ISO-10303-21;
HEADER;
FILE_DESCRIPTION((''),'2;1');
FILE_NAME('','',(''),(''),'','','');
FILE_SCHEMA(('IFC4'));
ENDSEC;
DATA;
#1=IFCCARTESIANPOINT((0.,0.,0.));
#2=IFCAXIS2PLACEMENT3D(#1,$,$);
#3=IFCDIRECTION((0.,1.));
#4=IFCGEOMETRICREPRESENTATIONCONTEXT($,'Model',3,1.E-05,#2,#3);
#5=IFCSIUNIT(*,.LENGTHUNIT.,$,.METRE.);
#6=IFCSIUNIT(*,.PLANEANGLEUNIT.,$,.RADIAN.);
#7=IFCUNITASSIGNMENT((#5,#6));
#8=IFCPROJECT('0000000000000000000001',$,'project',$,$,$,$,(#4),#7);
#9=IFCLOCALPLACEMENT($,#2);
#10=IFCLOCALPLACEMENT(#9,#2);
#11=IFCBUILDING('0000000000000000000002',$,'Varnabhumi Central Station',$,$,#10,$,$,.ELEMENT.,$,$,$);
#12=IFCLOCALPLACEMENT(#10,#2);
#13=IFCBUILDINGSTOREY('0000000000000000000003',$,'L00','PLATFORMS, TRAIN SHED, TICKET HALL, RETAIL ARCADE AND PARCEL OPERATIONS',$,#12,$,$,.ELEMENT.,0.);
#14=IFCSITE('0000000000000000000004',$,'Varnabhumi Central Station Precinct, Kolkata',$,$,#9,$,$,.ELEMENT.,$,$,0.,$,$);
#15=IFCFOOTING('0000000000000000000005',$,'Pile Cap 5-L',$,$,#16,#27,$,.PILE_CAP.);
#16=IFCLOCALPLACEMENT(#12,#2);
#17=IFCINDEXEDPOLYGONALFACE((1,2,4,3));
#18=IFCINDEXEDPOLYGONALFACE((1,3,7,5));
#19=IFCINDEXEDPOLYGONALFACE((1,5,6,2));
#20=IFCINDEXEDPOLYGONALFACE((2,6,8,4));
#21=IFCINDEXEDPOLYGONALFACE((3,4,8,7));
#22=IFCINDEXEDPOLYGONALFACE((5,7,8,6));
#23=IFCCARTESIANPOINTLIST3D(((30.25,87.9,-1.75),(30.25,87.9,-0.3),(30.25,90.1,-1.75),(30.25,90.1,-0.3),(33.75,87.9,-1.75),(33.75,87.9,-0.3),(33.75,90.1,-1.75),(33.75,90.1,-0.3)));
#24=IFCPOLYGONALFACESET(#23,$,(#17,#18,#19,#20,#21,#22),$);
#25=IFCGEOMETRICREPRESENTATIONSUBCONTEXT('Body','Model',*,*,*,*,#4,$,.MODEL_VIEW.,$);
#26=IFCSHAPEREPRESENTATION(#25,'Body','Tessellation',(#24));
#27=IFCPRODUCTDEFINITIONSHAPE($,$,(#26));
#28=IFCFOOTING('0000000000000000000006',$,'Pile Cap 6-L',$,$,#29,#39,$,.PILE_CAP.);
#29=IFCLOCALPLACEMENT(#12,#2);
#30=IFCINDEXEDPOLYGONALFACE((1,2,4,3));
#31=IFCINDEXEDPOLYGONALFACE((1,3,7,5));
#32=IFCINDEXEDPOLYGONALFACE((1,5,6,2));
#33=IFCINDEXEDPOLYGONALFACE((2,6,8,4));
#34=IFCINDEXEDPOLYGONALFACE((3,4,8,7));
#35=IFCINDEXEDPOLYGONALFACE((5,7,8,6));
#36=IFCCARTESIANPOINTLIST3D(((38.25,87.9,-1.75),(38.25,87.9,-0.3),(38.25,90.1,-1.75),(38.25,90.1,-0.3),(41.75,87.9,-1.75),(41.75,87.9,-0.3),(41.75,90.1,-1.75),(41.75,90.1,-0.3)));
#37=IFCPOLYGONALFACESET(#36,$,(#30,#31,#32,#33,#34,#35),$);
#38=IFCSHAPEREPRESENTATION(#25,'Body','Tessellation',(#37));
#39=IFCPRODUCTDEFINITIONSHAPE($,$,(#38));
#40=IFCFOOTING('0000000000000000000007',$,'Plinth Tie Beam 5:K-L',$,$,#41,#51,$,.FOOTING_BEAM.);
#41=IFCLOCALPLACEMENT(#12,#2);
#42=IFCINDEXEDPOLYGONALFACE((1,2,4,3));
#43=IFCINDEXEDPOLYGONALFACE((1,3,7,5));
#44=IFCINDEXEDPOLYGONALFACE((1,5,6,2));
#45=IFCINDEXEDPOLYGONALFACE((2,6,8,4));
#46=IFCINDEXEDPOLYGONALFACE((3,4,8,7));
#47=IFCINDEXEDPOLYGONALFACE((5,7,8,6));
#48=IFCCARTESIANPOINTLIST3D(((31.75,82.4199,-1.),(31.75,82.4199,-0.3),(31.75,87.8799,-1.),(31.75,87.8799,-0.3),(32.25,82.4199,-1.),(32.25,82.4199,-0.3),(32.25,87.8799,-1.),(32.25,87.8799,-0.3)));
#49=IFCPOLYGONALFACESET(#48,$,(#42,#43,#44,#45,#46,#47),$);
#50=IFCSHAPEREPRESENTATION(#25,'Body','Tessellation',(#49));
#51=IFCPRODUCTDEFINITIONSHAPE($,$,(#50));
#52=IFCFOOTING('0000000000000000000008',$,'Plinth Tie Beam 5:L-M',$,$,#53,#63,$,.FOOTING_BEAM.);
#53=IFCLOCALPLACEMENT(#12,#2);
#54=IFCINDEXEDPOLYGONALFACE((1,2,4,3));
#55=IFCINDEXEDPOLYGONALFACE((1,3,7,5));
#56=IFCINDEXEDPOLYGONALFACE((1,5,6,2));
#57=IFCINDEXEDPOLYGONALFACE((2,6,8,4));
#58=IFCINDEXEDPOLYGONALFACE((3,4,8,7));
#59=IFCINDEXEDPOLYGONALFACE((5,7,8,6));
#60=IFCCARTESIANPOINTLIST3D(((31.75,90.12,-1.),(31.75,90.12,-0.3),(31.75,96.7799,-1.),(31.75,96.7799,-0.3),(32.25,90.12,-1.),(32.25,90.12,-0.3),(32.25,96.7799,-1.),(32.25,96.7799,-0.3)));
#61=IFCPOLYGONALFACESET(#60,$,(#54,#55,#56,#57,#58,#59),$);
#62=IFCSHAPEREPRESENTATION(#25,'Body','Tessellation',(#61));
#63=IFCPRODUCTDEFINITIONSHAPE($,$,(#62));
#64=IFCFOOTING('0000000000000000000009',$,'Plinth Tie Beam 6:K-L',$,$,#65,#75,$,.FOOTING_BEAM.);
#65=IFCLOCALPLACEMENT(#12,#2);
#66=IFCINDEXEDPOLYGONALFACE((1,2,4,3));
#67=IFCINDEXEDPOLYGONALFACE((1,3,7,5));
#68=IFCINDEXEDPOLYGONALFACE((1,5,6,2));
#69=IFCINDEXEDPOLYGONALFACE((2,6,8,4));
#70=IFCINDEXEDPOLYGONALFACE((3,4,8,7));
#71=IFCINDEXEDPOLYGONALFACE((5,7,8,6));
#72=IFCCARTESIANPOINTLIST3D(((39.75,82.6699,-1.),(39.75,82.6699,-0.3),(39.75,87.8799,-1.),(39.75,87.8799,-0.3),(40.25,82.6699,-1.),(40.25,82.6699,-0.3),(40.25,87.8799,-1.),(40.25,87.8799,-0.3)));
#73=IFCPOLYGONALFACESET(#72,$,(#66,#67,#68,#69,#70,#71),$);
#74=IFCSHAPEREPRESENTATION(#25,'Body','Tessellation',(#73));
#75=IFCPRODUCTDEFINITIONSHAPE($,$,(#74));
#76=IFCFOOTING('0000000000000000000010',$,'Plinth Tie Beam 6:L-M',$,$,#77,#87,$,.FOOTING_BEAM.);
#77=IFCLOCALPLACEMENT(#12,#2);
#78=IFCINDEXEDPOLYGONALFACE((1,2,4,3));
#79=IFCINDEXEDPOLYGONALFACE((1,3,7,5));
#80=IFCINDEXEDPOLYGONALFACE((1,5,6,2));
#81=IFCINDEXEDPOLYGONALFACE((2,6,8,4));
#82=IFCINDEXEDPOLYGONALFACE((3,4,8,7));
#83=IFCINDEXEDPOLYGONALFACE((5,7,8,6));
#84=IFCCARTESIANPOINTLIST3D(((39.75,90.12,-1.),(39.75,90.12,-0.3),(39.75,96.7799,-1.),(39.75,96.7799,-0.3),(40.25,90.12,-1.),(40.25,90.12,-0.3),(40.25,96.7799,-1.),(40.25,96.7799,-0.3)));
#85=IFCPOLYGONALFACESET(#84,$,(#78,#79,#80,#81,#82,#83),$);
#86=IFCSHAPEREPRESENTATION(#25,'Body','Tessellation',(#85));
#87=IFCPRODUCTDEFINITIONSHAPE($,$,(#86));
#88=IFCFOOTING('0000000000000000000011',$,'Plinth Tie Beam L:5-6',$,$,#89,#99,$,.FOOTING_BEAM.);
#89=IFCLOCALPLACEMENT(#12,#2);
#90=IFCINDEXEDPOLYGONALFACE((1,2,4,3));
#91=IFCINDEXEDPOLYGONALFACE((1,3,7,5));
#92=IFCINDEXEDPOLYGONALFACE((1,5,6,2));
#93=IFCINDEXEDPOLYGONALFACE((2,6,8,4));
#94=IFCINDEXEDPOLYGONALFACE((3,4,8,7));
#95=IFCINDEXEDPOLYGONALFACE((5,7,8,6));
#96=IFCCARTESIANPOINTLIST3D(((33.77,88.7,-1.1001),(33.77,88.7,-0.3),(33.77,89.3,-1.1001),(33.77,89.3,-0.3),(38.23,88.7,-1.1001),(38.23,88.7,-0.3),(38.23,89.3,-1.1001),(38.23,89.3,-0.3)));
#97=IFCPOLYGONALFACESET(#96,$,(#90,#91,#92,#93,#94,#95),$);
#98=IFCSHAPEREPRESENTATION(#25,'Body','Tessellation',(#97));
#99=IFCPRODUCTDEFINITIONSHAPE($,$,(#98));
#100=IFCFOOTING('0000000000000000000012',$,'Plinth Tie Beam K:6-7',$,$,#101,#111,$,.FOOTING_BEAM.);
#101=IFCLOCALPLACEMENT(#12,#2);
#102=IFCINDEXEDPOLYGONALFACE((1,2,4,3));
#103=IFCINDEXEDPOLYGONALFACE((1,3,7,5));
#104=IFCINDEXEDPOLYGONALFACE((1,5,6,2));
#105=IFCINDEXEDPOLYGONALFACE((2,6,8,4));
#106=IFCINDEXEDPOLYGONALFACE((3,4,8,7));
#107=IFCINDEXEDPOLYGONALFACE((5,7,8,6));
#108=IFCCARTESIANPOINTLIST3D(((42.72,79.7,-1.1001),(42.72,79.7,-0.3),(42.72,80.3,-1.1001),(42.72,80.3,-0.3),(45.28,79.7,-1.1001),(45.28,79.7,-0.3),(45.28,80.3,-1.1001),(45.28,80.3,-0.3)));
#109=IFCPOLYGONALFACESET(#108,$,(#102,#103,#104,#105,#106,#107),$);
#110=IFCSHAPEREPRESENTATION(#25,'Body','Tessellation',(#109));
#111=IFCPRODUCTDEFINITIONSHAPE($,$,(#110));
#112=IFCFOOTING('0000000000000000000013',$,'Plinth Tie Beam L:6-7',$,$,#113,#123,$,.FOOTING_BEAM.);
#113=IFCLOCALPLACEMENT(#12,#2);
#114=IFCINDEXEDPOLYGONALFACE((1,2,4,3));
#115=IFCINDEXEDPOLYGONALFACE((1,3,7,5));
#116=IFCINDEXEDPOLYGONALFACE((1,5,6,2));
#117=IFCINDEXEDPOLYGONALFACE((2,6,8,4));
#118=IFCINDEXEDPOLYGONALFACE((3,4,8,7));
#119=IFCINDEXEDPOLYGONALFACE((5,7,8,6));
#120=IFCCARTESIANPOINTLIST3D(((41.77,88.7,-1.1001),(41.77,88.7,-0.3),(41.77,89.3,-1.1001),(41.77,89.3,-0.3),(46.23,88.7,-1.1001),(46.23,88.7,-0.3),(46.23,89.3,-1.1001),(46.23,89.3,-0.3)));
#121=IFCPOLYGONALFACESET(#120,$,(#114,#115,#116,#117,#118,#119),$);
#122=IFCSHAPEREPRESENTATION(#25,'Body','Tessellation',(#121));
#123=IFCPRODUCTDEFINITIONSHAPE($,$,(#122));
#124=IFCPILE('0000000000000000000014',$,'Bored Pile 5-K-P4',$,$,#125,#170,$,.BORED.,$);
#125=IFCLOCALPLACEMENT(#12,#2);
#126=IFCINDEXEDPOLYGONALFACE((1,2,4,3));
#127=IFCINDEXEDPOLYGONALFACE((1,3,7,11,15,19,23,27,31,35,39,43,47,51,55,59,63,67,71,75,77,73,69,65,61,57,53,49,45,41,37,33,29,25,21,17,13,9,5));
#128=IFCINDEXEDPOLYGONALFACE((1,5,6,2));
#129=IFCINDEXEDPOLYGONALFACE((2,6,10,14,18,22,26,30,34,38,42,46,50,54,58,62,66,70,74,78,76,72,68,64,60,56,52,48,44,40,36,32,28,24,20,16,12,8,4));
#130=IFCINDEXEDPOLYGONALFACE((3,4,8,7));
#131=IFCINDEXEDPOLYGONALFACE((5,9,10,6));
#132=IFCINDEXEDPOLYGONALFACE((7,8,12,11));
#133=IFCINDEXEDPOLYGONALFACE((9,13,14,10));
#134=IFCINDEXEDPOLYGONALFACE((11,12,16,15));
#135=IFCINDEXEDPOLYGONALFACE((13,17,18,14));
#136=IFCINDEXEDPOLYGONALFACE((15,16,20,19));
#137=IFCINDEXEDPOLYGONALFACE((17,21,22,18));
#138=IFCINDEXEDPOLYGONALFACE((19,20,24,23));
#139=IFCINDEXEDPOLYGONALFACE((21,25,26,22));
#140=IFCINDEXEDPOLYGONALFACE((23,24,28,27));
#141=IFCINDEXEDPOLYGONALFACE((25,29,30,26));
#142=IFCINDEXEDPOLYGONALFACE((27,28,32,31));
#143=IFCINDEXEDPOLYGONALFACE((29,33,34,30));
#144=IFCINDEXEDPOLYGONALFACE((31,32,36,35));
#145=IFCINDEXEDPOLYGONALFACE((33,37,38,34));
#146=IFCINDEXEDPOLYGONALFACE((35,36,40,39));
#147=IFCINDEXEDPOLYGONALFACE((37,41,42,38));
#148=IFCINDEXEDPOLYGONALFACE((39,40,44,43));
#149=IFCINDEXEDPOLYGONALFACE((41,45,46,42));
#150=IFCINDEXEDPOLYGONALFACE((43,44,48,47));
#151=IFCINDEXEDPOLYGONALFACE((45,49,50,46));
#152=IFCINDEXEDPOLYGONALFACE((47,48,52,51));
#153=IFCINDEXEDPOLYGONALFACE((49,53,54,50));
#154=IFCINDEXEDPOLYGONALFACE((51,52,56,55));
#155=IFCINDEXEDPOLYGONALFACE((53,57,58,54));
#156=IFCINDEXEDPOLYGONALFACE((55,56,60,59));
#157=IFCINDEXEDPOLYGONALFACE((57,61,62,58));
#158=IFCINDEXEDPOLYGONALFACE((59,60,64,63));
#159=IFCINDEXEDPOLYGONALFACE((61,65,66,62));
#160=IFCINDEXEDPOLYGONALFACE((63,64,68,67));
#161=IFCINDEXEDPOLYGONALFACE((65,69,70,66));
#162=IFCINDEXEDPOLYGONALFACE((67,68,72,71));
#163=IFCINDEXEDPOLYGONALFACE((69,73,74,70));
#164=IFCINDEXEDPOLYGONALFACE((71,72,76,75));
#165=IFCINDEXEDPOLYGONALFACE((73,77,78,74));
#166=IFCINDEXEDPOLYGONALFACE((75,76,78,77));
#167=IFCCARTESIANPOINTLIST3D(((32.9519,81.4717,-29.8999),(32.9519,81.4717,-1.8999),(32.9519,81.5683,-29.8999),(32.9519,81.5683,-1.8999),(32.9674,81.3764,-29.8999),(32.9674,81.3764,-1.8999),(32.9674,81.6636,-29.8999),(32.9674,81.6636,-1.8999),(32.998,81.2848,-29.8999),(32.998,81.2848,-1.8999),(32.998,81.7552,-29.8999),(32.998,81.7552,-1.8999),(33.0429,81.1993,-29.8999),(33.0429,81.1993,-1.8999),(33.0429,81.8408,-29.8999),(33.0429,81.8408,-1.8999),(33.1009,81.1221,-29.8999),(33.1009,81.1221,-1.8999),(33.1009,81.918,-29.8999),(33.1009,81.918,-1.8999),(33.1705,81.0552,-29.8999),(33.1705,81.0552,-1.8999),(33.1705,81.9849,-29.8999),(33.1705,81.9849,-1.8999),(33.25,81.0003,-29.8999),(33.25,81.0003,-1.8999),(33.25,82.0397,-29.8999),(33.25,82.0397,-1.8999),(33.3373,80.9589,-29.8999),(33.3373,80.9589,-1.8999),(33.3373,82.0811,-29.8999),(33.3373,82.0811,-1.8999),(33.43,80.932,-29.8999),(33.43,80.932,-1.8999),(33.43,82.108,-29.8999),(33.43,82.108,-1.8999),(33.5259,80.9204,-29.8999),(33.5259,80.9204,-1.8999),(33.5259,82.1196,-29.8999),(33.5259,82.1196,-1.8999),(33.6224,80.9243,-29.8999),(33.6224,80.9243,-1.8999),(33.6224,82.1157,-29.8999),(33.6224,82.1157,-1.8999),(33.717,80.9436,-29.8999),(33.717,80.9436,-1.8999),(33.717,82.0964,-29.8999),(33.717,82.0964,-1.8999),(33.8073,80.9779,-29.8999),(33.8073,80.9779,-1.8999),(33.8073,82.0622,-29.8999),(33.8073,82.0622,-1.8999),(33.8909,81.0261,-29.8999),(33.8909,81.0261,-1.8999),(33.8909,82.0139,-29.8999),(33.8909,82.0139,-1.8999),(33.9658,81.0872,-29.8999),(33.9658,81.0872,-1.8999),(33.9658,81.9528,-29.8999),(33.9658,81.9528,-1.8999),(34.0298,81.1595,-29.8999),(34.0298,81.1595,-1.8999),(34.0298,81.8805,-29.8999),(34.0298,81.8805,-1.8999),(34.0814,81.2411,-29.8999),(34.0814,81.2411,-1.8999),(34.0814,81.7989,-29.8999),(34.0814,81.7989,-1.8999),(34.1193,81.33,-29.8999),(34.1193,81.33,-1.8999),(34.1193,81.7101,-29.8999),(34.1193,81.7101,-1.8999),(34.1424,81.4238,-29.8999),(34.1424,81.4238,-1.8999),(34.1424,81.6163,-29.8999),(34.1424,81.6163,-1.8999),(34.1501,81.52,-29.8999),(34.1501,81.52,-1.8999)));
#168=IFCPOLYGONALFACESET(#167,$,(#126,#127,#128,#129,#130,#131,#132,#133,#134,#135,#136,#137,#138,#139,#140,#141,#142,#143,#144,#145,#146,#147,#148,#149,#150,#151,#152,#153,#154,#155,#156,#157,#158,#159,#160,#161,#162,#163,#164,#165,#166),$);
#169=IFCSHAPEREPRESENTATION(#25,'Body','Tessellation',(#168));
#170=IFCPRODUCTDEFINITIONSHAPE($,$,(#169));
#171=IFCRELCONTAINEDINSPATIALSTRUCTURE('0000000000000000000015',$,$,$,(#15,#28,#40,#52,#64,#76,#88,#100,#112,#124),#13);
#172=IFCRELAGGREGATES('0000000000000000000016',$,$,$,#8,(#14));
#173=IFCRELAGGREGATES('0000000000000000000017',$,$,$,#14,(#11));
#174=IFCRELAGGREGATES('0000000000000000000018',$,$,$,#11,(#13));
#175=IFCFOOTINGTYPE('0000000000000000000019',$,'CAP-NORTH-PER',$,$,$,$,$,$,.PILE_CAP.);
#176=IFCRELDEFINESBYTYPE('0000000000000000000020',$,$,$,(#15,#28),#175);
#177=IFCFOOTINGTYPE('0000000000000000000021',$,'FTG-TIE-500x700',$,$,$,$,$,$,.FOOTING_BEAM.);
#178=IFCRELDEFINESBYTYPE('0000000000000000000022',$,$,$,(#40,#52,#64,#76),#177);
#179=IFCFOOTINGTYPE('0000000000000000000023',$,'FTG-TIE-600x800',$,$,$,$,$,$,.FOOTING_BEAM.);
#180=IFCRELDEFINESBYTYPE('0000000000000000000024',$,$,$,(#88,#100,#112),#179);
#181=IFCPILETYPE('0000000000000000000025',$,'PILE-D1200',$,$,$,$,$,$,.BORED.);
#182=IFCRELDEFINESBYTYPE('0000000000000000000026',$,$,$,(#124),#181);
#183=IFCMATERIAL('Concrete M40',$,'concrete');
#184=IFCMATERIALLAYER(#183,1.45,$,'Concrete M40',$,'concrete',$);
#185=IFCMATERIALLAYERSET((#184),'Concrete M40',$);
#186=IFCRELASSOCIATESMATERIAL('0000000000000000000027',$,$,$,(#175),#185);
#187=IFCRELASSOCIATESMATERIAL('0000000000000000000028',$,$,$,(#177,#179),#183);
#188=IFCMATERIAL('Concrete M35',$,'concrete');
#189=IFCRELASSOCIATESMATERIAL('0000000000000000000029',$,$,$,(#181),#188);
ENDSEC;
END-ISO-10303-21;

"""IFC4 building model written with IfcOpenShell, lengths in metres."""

from ifc_helpers import new_model, si_unit, direction, frame, origin, origin_2d, place, context, subcontext, project, spatial, rectangle, circle, extrude, material, layer, layer_set, material_profile, profile_set, type_object, element, save


model = new_model("IFC4")

# Units and contexts
model_context = context("Model", 3, precision=1e-05, world=origin(), true_north=direction((0.0, 1.0)))
body_context = subcontext(model_context, "Body", "Model", "MODEL_VIEW")
ifc_project = project(units=[si_unit("LENGTHUNIT", "METRE"), si_unit("PLANEANGLEUNIT", "RADIAN")], contexts=[model_context])

# Site, building, storey
site_placement = place(None, origin())
site = spatial("IfcSite", under=ifc_project, at=site_placement, Name="Varnabhumi Central Station Precinct, Kolkata", CompositionType="ELEMENT", RefElevation=0.0)
building_placement = place(site_placement, origin())
building = spatial("IfcBuilding", under=site, at=building_placement, Name="Varnabhumi Central Station", CompositionType="ELEMENT")
storey_placement = place(building_placement, origin())
storey = spatial("IfcBuildingStorey", under=building, at=storey_placement, Name="L00", Description="PLATFORMS, TRAIN SHED, TICKET HALL, RETAIL ARCADE AND PARCEL OPERATIONS", CompositionType="ELEMENT", Elevation=0.0)

# Footings
ifc_material_1 = material(Name="Concrete M40", Category="concrete")
ifc_layer_1 = layer(ifc_material_1, 1.45, Name="Concrete M40", Category="concrete")
ifc_layer_set_1 = layer_set([ifc_layer_1], Name="Concrete M40")
footing_type_1 = type_object("IfcFootingType", Name="CAP-NORTH-PER", PredefinedType="PILE_CAP", material=ifc_layer_set_1)
for number, where, z_axis, x_axis, name in (
    (1, (32.0, 89.0, -1.75), (0.0, 0.0, 1.0), (1.0, 0.0, 0.0), "Pile Cap 5-L"),
    (2, (40.0, 89.0, -1.75), (0.0, 0.0, 1.0), (1.0, 0.0, 0.0), "Pile Cap 6-L"),
):
    element("IfcFooting", number, at=place(storey_placement, frame(where, z_axis=z_axis, x_axis=x_axis)), inside=storey, type_object=footing_type_1, Name=name, PredefinedType="PILE_CAP", context=body_context, shape_type="SweptSolid", body=[
        extrude(rectangle(XDim=3.5, YDim=2.2, at=origin_2d()), origin(), (0.0, 0.0, 1.0), 1.45),
    ])
footing_type_2 = type_object("IfcFootingType", Name="FTG-TIE-500x700", PredefinedType="FOOTING_BEAM", material=ifc_material_1)
footing_1_placement = place(storey_placement, frame((32.0, 85.1499, -1.0), z_axis=(0.0, 0.0, 1.0), x_axis=(1.0, 0.0, 0.0)))
element("IfcFooting", 3, at=footing_1_placement, inside=storey, type_object=footing_type_2, Name="Plinth Tie Beam 5:K-L", PredefinedType="FOOTING_BEAM", context=body_context, shape_type="SweptSolid", body=[
    extrude(rectangle(XDim=0.5, YDim=5.46, at=origin_2d()), origin(), (0.0, 0.0, 1.0), 0.7),
])
footing_2_placement = place(storey_placement, frame((32.0, 93.45, -1.0), z_axis=(0.0, 0.0, 1.0), x_axis=(1.0, 0.0, 0.0)))
element("IfcFooting", 4, at=footing_2_placement, inside=storey, type_object=footing_type_2, Name="Plinth Tie Beam 5:L-M", PredefinedType="FOOTING_BEAM", context=body_context, shape_type="SweptSolid", body=[
    extrude(rectangle(XDim=0.5, YDim=6.6599, at=origin_2d()), origin(), (0.0, 0.0, 1.0), 0.7),
])
footing_3_placement = place(storey_placement, frame((40.0, 85.2749, -1.0), z_axis=(0.0, 0.0, 1.0), x_axis=(1.0, 0.0, 0.0)))
element("IfcFooting", 5, at=footing_3_placement, inside=storey, type_object=footing_type_2, Name="Plinth Tie Beam 6:K-L", PredefinedType="FOOTING_BEAM", context=body_context, shape_type="SweptSolid", body=[
    extrude(rectangle(XDim=0.5, YDim=5.21, at=origin_2d()), origin(), (0.0, 0.0, 1.0), 0.7),
])
footing_4_placement = place(storey_placement, frame((40.0, 93.45, -1.0), z_axis=(0.0, 0.0, 1.0), x_axis=(1.0, 0.0, 0.0)))
element("IfcFooting", 6, at=footing_4_placement, inside=storey, type_object=footing_type_2, Name="Plinth Tie Beam 6:L-M", PredefinedType="FOOTING_BEAM", context=body_context, shape_type="SweptSolid", body=[
    extrude(rectangle(XDim=0.5, YDim=6.6599, at=origin_2d()), origin(), (0.0, 0.0, 1.0), 0.7),
])
footing_type_3 = type_object("IfcFootingType", Name="FTG-TIE-600x800", PredefinedType="FOOTING_BEAM", material=ifc_material_1)
footing_5_placement = place(storey_placement, frame((36.0, 89.0, -1.1001), z_axis=(0.0, 0.0, 1.0), x_axis=(1.0, 0.0, 0.0)))
element("IfcFooting", 7, at=footing_5_placement, inside=storey, type_object=footing_type_3, Name="Plinth Tie Beam L:5-6", PredefinedType="FOOTING_BEAM", context=body_context, shape_type="SweptSolid", body=[
    extrude(rectangle(XDim=4.46, YDim=0.6001, at=origin_2d()), origin(), (0.0, 0.0, 1.0), 0.8),
])
footing_6_placement = place(storey_placement, frame((44.0, 80.0, -1.1001), z_axis=(0.0, 0.0, 1.0), x_axis=(1.0, 0.0, 0.0)))
element("IfcFooting", 8, at=footing_6_placement, inside=storey, type_object=footing_type_3, Name="Plinth Tie Beam K:6-7", PredefinedType="FOOTING_BEAM", context=body_context, shape_type="SweptSolid", body=[
    extrude(rectangle(XDim=2.5601, YDim=0.6001, at=origin_2d()), origin(), (0.0, 0.0, 1.0), 0.8),
])
footing_7_placement = place(storey_placement, frame((44.0, 89.0, -1.1001), z_axis=(0.0, 0.0, 1.0), x_axis=(1.0, 0.0, 0.0)))
element("IfcFooting", 9, at=footing_7_placement, inside=storey, type_object=footing_type_3, Name="Plinth Tie Beam L:6-7", PredefinedType="FOOTING_BEAM", context=body_context, shape_type="SweptSolid", body=[
    extrude(rectangle(XDim=4.46, YDim=0.6001, at=origin_2d()), origin(), (0.0, 0.0, 1.0), 0.8),
])

# Pile
ifc_material_2 = material(Name="Concrete M35", Category="concrete")
ifc_material_profile_1 = material_profile(ifc_material_2, circle(Radius=0.6001, at=origin_2d()), Name="Concrete M35", Category="concrete")
ifc_profile_set_1 = profile_set([ifc_material_profile_1], Name="Concrete M35")
pile_type_1 = type_object("IfcPileType", Name="PILE-D1200", PredefinedType="BORED", material=ifc_profile_set_1)
for number, where, z_axis, x_axis, name in (
    (10, (33.55, 81.52, -1.8999), (0.0, 0.0, -1.0), (1.0, 0.0, 0.0), "Bored Pile 5-K-P4"),
):
    element("IfcPile", number, at=place(storey_placement, frame(where, z_axis=z_axis, x_axis=x_axis)), inside=storey, type_object=pile_type_1, Name=name, PredefinedType="BORED", context=body_context, shape_type="SweptSolid", body=[
        extrude(circle(Radius=0.6001, at=origin_2d()), origin(), (0.0, 0.0, 1.0), 28.0),
    ])

save(model, "model.ifc")
